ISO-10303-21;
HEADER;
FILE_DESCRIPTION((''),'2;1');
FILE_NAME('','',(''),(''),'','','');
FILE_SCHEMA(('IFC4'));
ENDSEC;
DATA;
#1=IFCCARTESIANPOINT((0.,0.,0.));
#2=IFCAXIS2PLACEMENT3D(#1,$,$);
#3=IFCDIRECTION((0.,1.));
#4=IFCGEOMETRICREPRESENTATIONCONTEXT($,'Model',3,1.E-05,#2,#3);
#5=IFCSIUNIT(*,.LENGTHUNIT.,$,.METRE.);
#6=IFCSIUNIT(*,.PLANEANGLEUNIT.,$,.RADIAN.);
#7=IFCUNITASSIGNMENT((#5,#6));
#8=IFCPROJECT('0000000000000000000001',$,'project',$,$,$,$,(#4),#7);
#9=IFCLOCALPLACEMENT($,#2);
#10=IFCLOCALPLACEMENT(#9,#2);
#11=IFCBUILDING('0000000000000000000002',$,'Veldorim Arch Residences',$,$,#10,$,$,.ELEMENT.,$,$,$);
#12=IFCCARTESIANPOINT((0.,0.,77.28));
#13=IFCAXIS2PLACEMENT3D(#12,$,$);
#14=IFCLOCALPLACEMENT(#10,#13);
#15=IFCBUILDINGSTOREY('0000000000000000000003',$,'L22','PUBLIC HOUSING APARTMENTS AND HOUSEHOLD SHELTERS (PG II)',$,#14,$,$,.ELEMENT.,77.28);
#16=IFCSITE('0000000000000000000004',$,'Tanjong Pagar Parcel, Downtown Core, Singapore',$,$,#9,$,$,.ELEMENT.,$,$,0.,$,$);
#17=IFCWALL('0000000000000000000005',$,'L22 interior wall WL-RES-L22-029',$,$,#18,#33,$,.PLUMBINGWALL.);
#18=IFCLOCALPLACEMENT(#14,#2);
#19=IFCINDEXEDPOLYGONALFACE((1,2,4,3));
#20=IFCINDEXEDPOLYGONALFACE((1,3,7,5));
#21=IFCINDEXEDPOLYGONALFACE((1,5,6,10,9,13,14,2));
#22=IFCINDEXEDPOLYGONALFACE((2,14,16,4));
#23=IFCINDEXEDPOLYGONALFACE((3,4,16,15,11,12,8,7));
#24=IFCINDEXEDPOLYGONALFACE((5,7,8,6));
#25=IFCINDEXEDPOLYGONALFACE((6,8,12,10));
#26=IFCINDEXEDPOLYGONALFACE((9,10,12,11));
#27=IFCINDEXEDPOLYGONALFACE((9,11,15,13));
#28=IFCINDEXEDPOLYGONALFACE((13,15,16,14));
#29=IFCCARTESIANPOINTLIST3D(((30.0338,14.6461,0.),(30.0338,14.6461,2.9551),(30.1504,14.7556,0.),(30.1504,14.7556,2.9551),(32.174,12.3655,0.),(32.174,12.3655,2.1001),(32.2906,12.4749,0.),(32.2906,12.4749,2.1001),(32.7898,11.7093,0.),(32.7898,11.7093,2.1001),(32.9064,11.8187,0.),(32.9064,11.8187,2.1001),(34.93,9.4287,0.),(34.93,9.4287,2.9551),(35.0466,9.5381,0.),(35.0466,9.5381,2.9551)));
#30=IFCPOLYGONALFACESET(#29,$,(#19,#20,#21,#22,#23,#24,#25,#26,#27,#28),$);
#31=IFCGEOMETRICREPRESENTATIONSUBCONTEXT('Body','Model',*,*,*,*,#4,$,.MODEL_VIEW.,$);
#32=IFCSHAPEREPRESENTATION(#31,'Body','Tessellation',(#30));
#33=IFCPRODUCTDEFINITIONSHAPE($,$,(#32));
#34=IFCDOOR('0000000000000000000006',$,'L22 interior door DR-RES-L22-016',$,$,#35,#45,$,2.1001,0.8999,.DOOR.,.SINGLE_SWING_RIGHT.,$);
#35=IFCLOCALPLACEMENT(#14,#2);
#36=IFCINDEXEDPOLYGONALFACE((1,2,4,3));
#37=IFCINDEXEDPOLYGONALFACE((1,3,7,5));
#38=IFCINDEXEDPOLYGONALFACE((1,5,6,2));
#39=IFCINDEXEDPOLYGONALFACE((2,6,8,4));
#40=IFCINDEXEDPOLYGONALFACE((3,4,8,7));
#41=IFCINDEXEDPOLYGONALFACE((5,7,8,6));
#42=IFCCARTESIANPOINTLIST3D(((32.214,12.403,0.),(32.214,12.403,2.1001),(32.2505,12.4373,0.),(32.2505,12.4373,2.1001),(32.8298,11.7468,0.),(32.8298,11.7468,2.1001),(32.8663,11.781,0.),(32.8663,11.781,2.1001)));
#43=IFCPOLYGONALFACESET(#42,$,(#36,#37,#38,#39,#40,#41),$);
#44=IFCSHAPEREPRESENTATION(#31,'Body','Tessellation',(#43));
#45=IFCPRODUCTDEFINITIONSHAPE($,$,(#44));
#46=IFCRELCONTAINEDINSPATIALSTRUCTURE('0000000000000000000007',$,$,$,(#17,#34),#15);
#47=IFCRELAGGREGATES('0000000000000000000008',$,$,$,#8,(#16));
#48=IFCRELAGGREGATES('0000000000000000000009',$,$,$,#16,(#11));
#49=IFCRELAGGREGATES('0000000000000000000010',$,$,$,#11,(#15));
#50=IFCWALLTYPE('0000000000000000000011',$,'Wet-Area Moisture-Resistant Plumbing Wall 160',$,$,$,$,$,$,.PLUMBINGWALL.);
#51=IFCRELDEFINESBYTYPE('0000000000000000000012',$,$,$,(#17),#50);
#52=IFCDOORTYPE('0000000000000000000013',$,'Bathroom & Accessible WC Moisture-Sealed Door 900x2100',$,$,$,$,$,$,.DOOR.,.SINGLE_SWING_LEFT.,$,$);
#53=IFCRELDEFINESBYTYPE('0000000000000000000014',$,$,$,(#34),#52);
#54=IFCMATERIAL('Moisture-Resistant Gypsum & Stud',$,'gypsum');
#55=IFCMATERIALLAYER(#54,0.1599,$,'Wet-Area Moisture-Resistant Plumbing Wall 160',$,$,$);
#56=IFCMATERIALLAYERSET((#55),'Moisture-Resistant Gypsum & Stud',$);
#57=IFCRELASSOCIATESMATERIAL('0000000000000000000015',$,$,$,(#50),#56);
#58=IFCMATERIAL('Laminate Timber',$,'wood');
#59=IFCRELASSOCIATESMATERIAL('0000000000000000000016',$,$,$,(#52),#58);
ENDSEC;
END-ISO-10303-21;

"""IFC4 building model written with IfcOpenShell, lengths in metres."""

from ifc_helpers import new_model, si_unit, direction, frame, frame_2d, origin, place, context, subcontext, project, spatial, rectangle, extrude, material, layer, layer_set, type_object, element, fill, save


model = new_model("IFC4")

# Units and contexts
model_context = context("Model", 3, precision=1e-05, world=origin(), true_north=direction((0.0, 1.0)))
body_context = subcontext(model_context, "Body", "Model", "MODEL_VIEW")
ifc_project = project(units=[si_unit("LENGTHUNIT", "METRE"), si_unit("PLANEANGLEUNIT", "RADIAN")], contexts=[model_context])

# Site, building, storey
site_placement = place(None, origin())
site = spatial("IfcSite", under=ifc_project, at=site_placement, Name="Tanjong Pagar Parcel, Downtown Core, Singapore", CompositionType="ELEMENT", RefElevation=0.0)
building_placement = place(site_placement, origin())
building = spatial("IfcBuilding", under=site, at=building_placement, Name="Veldorim Arch Residences", CompositionType="ELEMENT")
storey_placement = place(building_placement, frame((0.0, 0.0, 77.28)))
storey = spatial("IfcBuildingStorey", under=building, at=storey_placement, Name="L22", Description="PUBLIC HOUSING APARTMENTS AND HOUSEHOLD SHELTERS (PG II)", CompositionType="ELEMENT", Elevation=77.28)

# Wall, opening, door
ifc_material_1 = material(Name="Moisture-Resistant Gypsum & Stud", Category="gypsum")
ifc_layer_1 = layer(ifc_material_1, 0.1599, Name="Wet-Area Moisture-Resistant Plumbing Wall 160")
ifc_layer_set_1 = layer_set([ifc_layer_1], Name="Moisture-Resistant Gypsum & Stud")
wall_type_1 = type_object("IfcWallType", Name="Wet-Area Moisture-Resistant Plumbing Wall 160", PredefinedType="PLUMBINGWALL", material=ifc_layer_set_1)
wall_1_placement = place(storey_placement, frame((30.092, 14.7009, 0.0), z_axis=(0.0, 0.0, 1.0), x_axis=(0.684299, -0.729202, 0.0)))
wall_1 = element("IfcWall", 1, at=wall_1_placement, inside=storey, type_object=wall_type_1, Name="L22 interior wall WL-RES-L22-029", PredefinedType="PLUMBINGWALL", context=body_context, shape_type="SweptSolid", body=[
    extrude(rectangle(XDim=7.155, YDim=0.1599, at=frame_2d((3.5776, 0.0))), origin(), (0.0, 0.0, 1.0), 2.9551),
])
opening_1_placement = place(wall_1_placement, frame((3.1277, 0.0, 0.0)))
opening_1 = element("IfcOpeningElement", 2, at=opening_1_placement, cuts=wall_1, PredefinedType="OPENING", context=body_context, shape_type="SweptSolid", body=[
    extrude(rectangle(XDim=0.8999, YDim=2.1001, at=frame_2d((0.45, 1.05))), frame((0.0, 0.0898, 0.0), z_axis=(0.0, -1.0, 0.0), x_axis=(1.0, 0.0, 0.0)), (0.0, 0.0, 1.0), 0.1799),
])
ifc_material_2 = material(Name="Laminate Timber", Category="wood")
door_type_1 = type_object("IfcDoorType", Name="Bathroom & Accessible WC Moisture-Sealed Door 900x2100", OperationType="SINGLE_SWING_LEFT", PredefinedType="DOOR", material=ifc_material_2)
door_1_placement = place(opening_1_placement, origin())
door_1 = element("IfcDoor", 3, at=door_1_placement, inside=storey, type_object=door_type_1, Name="L22 interior door DR-RES-L22-016", OperationType="SINGLE_SWING_RIGHT", OverallHeight=2.1001, OverallWidth=0.8999, PredefinedType="DOOR", context=body_context, shape_type="SweptSolid", body=[
    extrude(rectangle(XDim=0.8999, YDim=2.1001, at=frame_2d((0.45, 1.05))), frame((0.0, 0.0249, 0.0), z_axis=(0.0, -1.0, 0.0), x_axis=(1.0, 0.0, 0.0)), (0.0, 0.0, 1.0), 0.05),
])
fill(opening_1, door_1)

save(model, "model.ifc")
